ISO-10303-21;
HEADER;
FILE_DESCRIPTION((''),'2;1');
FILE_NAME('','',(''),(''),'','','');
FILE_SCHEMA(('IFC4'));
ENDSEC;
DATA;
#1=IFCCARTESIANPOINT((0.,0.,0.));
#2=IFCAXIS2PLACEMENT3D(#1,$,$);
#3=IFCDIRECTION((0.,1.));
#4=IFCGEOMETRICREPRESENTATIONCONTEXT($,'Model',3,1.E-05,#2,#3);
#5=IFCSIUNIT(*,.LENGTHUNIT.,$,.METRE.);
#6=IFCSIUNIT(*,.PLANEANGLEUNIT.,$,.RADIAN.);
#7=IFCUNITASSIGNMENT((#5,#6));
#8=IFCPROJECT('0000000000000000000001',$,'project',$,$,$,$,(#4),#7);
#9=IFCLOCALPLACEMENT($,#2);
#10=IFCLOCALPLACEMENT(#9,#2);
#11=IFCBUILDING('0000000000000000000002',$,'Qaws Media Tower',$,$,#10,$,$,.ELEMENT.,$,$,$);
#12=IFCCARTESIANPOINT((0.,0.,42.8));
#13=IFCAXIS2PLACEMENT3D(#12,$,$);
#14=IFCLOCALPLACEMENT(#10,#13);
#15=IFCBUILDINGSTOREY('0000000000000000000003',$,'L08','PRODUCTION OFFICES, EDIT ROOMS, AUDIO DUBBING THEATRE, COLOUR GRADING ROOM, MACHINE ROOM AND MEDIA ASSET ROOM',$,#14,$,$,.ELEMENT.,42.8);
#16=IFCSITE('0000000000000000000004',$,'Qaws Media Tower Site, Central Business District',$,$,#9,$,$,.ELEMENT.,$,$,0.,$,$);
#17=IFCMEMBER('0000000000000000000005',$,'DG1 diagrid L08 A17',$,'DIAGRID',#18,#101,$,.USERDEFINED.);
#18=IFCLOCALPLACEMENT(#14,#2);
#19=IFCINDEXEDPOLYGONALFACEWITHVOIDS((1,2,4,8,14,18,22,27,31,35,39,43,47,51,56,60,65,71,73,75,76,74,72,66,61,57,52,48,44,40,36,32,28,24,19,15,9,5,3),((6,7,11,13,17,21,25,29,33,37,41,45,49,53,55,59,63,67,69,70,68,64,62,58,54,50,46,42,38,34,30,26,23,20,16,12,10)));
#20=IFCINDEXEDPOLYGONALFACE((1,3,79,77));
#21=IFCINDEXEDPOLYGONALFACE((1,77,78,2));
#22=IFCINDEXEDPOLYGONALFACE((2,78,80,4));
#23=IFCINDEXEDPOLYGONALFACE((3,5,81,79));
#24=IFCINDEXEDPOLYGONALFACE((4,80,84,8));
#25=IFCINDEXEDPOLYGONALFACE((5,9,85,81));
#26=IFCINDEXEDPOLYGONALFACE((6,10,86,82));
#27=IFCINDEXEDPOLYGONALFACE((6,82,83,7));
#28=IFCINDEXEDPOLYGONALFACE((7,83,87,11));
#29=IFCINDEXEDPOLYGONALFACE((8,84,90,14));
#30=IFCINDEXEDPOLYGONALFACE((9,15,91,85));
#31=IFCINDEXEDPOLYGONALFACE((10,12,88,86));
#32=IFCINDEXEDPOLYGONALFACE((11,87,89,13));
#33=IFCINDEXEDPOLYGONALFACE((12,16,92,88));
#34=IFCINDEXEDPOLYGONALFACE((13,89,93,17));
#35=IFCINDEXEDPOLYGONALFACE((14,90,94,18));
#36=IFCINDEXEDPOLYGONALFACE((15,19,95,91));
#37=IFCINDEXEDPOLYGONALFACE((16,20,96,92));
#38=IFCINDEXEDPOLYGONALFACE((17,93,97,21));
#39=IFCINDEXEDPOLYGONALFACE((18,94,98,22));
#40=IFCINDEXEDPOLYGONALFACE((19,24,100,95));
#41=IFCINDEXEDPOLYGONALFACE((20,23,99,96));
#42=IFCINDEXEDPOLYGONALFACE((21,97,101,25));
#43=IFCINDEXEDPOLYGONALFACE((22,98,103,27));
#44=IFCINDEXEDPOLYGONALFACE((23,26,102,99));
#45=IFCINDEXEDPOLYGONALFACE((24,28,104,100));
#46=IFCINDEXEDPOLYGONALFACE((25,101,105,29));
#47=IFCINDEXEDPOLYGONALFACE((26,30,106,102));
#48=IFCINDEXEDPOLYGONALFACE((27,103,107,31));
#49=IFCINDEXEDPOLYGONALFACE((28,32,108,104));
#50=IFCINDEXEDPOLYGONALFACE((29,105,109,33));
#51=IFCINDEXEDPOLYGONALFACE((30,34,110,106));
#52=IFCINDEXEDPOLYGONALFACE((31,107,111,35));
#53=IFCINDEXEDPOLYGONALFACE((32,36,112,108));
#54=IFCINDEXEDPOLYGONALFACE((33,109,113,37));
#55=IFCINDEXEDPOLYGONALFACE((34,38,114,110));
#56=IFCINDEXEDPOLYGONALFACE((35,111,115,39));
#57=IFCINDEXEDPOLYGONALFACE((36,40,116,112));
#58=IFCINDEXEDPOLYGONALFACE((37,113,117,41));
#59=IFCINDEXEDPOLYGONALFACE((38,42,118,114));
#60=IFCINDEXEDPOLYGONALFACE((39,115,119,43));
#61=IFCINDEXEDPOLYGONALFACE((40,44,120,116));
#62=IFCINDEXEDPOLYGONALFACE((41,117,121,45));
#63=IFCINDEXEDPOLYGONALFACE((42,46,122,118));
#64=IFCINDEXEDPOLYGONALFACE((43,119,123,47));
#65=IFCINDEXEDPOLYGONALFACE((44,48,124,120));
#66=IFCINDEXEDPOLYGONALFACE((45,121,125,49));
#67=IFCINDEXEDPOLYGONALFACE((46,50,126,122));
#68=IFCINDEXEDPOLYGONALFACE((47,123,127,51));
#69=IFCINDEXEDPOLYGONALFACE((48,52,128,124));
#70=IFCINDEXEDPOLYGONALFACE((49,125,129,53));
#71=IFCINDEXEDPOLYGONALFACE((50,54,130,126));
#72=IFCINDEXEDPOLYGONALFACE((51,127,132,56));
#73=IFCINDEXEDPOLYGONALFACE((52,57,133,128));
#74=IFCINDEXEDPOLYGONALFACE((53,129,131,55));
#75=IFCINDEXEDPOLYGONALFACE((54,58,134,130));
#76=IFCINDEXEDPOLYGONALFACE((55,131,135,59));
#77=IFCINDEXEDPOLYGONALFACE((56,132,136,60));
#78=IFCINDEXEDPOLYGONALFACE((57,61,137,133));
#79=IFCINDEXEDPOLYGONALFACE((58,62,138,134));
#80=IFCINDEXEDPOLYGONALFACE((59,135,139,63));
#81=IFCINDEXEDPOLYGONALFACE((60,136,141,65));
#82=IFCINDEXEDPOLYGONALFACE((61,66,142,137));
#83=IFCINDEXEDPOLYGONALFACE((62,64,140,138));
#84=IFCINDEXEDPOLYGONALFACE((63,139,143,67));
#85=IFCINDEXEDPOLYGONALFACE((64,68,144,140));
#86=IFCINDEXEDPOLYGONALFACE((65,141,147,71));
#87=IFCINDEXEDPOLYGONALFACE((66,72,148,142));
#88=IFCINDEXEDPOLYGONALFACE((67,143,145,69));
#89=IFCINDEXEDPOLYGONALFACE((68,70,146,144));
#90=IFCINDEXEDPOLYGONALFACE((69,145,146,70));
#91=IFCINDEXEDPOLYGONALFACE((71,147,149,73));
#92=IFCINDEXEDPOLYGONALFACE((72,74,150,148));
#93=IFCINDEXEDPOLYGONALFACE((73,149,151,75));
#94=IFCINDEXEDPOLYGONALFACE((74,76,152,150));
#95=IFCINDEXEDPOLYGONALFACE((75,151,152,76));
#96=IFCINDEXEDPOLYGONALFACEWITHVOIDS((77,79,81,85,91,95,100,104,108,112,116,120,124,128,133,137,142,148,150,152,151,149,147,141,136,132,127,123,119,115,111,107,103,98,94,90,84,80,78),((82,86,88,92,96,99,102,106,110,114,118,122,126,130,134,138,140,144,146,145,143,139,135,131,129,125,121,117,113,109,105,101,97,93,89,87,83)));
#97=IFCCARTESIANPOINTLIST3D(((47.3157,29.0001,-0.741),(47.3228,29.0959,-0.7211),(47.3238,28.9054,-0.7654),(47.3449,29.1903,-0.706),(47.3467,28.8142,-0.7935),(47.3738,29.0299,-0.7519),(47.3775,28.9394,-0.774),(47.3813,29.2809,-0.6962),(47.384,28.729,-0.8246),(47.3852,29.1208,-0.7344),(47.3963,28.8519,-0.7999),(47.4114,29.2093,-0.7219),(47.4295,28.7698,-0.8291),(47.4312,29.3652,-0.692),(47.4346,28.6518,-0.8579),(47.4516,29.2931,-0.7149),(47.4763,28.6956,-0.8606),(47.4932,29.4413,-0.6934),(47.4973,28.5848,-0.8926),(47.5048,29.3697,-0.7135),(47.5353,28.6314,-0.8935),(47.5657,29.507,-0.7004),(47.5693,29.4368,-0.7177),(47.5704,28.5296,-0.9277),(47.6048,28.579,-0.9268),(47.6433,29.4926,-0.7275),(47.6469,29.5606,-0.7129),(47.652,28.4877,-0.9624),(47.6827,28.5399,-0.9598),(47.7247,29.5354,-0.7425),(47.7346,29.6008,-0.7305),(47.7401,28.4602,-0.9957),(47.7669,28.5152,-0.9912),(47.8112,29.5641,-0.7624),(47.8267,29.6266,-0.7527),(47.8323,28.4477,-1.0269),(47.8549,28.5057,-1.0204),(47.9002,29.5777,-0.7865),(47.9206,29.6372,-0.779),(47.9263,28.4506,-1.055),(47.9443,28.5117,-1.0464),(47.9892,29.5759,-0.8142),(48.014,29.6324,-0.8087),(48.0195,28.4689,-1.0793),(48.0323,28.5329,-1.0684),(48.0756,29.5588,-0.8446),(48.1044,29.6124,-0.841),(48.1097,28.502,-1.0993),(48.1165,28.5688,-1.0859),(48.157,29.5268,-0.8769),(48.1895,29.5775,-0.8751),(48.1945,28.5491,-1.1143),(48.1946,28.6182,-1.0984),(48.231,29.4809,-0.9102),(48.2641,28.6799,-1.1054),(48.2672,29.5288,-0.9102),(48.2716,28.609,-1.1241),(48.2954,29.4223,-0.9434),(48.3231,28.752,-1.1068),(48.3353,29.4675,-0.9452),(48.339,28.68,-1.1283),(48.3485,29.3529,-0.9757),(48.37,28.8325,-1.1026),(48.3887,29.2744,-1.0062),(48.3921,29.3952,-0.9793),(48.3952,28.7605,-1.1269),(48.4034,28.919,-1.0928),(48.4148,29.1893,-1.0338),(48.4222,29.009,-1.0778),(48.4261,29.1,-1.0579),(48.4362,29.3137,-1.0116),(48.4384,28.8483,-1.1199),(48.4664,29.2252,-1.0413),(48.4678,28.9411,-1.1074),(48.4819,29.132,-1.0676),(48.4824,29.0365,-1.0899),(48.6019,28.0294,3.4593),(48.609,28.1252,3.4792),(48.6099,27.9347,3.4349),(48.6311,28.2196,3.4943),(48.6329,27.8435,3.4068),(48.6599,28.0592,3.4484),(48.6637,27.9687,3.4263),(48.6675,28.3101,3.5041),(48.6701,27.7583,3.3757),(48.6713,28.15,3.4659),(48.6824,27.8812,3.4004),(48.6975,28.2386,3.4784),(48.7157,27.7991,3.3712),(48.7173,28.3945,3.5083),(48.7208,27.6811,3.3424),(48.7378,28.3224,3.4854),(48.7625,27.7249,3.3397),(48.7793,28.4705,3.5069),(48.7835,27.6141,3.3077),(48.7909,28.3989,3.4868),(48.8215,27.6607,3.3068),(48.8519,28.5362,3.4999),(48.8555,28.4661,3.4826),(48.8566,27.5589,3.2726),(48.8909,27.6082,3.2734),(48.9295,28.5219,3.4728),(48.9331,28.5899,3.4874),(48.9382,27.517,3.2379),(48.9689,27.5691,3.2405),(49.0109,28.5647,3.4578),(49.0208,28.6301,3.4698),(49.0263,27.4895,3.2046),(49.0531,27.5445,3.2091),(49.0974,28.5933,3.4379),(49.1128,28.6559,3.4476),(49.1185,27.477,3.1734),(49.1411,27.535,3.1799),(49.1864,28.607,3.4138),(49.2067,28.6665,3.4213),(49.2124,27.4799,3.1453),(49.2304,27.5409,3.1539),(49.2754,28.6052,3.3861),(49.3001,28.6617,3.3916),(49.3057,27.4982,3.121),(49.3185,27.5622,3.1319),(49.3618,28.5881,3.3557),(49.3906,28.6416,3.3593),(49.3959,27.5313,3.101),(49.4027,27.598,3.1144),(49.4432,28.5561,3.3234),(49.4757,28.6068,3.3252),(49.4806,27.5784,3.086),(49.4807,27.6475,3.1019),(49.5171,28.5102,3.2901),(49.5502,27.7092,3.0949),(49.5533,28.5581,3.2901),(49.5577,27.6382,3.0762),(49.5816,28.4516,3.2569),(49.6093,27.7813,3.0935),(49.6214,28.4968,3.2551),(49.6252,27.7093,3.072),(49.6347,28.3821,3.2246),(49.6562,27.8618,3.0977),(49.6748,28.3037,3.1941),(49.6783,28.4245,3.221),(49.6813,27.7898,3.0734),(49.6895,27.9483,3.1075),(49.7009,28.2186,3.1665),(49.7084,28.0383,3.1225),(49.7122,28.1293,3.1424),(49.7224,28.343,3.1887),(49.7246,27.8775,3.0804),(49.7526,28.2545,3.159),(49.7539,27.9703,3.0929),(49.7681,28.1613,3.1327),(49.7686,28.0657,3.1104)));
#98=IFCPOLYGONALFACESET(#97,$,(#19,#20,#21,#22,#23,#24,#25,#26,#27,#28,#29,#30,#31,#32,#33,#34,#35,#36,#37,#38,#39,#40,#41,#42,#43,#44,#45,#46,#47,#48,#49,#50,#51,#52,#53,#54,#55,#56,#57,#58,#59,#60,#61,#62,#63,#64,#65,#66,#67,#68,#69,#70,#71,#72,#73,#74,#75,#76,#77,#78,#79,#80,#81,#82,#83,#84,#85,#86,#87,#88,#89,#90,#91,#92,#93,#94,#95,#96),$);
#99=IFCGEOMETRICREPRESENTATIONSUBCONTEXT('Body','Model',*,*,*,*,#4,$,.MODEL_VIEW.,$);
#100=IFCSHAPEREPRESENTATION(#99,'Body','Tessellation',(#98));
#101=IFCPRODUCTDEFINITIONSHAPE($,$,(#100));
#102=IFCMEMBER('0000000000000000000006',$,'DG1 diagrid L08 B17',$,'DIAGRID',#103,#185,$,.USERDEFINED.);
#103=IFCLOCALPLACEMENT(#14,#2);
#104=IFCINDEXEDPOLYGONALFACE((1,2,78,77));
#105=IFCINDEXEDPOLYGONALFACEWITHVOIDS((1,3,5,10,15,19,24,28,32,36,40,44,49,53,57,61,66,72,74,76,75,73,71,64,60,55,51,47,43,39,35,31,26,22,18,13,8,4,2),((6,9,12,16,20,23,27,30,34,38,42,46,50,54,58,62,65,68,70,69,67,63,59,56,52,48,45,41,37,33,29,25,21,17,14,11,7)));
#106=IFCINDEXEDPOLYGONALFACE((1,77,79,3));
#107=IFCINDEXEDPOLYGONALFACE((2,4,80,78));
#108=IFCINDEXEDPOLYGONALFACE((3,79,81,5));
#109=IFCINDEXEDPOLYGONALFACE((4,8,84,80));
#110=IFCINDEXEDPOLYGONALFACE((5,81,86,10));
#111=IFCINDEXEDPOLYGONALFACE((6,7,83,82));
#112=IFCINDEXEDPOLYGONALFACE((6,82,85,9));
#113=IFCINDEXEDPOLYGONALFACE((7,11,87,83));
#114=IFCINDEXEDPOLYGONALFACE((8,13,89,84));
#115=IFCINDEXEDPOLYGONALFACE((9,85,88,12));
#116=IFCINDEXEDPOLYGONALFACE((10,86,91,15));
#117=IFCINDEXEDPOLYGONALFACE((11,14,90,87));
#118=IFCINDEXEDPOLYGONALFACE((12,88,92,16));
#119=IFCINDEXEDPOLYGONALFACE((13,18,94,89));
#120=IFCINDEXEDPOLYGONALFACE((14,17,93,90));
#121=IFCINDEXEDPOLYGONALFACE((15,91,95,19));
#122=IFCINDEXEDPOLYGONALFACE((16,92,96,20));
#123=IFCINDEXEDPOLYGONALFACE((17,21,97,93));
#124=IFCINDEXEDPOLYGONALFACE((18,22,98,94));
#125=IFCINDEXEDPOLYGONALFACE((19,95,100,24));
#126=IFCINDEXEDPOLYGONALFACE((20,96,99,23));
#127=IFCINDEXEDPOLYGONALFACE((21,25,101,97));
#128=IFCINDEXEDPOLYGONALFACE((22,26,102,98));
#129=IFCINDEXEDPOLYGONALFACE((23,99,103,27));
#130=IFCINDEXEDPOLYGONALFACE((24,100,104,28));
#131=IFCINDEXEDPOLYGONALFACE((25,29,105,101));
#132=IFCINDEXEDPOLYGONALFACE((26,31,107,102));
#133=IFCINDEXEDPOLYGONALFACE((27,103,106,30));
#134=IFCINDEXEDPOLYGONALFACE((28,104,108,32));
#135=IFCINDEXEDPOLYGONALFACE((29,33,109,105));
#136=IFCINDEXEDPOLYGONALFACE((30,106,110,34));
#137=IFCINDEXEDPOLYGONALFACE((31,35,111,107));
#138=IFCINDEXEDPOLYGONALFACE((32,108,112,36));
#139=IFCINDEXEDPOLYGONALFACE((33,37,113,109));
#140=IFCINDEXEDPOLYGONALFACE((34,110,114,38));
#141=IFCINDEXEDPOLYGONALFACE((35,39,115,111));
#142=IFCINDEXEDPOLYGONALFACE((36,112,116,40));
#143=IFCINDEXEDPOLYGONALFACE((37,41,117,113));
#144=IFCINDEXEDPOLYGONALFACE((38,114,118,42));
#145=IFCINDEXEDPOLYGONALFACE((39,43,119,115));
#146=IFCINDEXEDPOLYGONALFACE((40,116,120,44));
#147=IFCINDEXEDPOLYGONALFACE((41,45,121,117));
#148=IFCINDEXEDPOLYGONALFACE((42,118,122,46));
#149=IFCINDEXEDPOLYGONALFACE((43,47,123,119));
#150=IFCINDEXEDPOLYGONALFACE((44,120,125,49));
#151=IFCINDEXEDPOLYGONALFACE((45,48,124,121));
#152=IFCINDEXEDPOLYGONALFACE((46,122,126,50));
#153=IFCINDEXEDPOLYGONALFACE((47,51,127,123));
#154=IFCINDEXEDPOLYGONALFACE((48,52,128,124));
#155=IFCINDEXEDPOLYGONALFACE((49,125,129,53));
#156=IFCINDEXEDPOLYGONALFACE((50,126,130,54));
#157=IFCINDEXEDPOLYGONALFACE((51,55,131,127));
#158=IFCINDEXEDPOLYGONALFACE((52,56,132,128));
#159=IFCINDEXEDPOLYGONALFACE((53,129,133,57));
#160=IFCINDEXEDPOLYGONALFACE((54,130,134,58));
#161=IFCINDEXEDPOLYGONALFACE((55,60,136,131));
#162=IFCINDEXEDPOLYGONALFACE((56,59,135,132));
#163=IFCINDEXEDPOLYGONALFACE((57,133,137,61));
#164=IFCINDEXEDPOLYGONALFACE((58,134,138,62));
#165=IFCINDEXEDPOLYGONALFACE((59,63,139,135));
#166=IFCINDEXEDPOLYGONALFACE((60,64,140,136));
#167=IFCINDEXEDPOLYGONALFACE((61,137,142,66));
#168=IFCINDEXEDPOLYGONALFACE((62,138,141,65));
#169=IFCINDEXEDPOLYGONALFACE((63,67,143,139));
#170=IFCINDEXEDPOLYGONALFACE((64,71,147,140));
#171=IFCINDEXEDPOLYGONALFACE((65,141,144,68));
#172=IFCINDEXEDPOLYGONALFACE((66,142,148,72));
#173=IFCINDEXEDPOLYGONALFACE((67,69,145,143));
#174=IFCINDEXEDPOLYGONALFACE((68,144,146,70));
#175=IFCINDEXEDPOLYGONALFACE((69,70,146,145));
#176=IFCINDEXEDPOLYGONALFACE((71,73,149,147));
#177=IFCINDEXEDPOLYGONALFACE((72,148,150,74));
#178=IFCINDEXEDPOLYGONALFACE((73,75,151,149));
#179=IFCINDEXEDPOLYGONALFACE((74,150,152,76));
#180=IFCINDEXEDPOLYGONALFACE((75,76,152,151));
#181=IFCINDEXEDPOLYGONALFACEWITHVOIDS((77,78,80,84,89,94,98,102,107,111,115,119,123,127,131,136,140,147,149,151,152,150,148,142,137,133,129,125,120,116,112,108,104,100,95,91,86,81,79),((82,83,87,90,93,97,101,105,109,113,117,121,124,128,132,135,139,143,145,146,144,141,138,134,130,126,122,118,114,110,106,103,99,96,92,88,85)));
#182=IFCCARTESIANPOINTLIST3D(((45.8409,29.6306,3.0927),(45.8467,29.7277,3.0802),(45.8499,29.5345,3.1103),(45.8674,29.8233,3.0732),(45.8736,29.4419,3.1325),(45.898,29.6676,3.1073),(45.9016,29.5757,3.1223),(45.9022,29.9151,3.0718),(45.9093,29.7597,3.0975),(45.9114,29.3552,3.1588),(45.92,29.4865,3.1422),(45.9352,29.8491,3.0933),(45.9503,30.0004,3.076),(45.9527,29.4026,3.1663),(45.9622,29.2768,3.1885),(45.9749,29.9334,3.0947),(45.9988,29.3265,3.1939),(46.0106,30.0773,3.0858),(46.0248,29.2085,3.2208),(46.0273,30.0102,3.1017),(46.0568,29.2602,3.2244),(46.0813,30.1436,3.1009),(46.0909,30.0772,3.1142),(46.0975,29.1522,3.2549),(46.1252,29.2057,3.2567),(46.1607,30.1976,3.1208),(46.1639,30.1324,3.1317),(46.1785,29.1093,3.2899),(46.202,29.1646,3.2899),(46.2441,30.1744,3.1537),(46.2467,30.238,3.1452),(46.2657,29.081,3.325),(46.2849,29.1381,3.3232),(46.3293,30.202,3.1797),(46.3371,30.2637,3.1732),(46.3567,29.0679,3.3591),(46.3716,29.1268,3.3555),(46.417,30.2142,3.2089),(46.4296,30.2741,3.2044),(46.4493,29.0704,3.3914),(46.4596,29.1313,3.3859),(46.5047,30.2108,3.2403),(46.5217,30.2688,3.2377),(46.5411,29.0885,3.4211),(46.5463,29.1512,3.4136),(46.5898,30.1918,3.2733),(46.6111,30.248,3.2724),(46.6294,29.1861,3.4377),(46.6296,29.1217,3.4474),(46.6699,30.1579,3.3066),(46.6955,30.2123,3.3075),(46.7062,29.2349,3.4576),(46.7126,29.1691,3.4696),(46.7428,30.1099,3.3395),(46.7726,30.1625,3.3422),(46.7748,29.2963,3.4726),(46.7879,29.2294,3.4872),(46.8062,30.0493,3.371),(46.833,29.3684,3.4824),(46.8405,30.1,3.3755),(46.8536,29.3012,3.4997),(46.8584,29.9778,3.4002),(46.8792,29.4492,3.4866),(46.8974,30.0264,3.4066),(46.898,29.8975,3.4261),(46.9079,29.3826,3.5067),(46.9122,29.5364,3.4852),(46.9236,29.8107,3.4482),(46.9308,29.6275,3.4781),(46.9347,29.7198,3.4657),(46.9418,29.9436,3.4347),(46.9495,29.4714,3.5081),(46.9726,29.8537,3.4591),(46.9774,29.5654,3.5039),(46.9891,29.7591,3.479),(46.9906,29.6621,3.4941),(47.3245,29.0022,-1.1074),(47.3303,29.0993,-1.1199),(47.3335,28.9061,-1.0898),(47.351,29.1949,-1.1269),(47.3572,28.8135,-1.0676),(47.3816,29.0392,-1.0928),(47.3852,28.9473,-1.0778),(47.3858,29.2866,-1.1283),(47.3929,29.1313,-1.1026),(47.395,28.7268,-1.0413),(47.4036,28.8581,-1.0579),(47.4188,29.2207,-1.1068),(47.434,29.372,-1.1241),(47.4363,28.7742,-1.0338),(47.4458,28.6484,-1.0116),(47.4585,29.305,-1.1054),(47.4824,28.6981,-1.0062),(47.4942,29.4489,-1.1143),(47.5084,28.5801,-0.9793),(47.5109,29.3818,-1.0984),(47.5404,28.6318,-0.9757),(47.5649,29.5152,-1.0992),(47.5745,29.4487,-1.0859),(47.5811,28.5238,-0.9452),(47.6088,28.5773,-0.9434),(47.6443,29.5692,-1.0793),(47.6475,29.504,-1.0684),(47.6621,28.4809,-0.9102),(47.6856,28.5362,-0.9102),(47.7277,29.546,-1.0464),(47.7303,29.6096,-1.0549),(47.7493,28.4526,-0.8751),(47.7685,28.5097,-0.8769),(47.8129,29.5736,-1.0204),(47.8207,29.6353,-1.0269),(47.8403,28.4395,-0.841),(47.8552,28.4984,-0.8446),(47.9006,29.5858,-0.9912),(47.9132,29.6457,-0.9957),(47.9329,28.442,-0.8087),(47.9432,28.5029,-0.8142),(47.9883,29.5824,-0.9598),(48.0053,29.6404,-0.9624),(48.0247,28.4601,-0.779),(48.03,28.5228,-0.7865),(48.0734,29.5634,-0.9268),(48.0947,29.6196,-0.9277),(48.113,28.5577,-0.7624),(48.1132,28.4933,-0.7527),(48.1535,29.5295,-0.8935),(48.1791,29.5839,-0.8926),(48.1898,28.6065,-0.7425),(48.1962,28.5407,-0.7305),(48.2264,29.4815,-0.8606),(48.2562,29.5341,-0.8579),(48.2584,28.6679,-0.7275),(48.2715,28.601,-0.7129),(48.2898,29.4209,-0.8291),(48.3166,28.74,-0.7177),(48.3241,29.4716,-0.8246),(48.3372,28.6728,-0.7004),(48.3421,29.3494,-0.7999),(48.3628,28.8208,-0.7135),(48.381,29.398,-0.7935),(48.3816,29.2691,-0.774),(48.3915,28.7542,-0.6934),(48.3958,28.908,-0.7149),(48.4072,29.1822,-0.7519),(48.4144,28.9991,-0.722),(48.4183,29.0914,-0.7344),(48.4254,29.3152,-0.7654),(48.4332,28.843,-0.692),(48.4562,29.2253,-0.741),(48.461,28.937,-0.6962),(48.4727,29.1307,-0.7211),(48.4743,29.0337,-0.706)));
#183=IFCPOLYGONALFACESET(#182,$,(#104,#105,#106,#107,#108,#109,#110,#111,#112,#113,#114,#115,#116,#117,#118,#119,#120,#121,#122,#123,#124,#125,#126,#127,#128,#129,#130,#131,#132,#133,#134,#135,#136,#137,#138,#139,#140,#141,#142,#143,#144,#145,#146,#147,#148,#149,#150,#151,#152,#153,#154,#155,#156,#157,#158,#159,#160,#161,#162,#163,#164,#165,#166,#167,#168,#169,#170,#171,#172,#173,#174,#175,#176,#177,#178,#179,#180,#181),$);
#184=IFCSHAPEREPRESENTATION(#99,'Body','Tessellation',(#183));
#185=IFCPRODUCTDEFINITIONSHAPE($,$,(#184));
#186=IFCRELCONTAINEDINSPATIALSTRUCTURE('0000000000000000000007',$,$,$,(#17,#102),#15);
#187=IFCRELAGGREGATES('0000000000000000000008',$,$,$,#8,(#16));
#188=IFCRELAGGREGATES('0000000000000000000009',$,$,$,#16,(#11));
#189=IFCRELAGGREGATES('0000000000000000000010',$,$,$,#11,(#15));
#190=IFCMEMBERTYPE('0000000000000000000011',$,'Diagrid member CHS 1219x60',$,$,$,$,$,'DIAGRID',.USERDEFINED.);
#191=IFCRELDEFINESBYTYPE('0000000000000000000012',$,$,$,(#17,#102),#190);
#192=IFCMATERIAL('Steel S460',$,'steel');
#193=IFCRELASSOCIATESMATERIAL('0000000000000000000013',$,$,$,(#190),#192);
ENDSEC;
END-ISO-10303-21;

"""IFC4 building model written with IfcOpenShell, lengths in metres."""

from ifc_helpers import new_model, si_unit, direction, frame, origin, origin_2d, place, context, subcontext, project, spatial, hollow_circle, extrude, material, material_profile, profile_set, type_object, element, save


model = new_model("IFC4")

# Units and contexts
model_context = context("Model", 3, precision=1e-05, world=origin(), true_north=direction((0.0, 1.0)))
body_context = subcontext(model_context, "Body", "Model", "MODEL_VIEW")
ifc_project = project(units=[si_unit("LENGTHUNIT", "METRE"), si_unit("PLANEANGLEUNIT", "RADIAN")], contexts=[model_context])

# Site, building, storey
site_placement = place(None, origin())
site = spatial("IfcSite", under=ifc_project, at=site_placement, Name="Qaws Media Tower Site, Central Business District", CompositionType="ELEMENT", RefElevation=0.0)
building_placement = place(site_placement, origin())
building = spatial("IfcBuilding", under=site, at=building_placement, Name="Qaws Media Tower", CompositionType="ELEMENT")
storey_placement = place(building_placement, frame((0.0, 0.0, 42.8)))
storey = spatial("IfcBuildingStorey", under=building, at=storey_placement, Name="L08", Description="PRODUCTION OFFICES, EDIT ROOMS, AUDIO DUBBING THEATRE, COLOUR GRADING ROOM, MACHINE ROOM AND MEDIA ASSET ROOM", CompositionType="ELEMENT", Elevation=42.8)

# Members
ifc_material_1 = material(Name="Steel S460", Category="steel")
ifc_material_profile_1 = material_profile(ifc_material_1, hollow_circle(Radius=0.6096, WallThickness=0.0601, at=origin_2d()), Name="CHS 1219x60")
ifc_profile_set_1 = profile_set([ifc_material_profile_1], Name="Steel S460")
member_type_1 = type_object("IfcMemberType", Name="Diagrid member CHS 1219x60", ElementType="DIAGRID", PredefinedType="USERDEFINED", material=ifc_profile_set_1)
member_1_placement = place(storey_placement, frame((47.8999, 29.0422, -0.9102), z_axis=(0.285892, -0.215776, 0.933652), x_axis=(0.602421, 0.798178, 0.0)))
element("IfcMember", 1, at=member_1_placement, inside=storey, type_object=member_type_1, Name="DG1 diagrid L08 A17", ObjectType="DIAGRID", PredefinedType="USERDEFINED", context=body_context, shape_type="SweptSolid", body=[
    extrude(hollow_circle(Radius=0.6096, WallThickness=0.0601, at=origin_2d()), origin(), (0.0, 0.0, 1.0), 4.4988),
])
for number, where, z_axis, x_axis, name in (
    (2, (47.8999, 29.0422, -0.9102), (-0.329798, 0.139691, 0.933659), (-0.390021, -0.920806, 0.0), "DG1 diagrid L08 B17"),
):
    element("IfcMember", number, at=place(storey_placement, frame(where, z_axis=z_axis, x_axis=x_axis)), inside=storey, type_object=member_type_1, Name=name, ObjectType="DIAGRID", PredefinedType="USERDEFINED", context=body_context, shape_type="SweptSolid", body=[
        extrude(hollow_circle(Radius=0.6096, WallThickness=0.0601, at=origin_2d()), origin(), (0.0, 0.0, 1.0), 4.4985),
    ])

save(model, "model.ifc")
